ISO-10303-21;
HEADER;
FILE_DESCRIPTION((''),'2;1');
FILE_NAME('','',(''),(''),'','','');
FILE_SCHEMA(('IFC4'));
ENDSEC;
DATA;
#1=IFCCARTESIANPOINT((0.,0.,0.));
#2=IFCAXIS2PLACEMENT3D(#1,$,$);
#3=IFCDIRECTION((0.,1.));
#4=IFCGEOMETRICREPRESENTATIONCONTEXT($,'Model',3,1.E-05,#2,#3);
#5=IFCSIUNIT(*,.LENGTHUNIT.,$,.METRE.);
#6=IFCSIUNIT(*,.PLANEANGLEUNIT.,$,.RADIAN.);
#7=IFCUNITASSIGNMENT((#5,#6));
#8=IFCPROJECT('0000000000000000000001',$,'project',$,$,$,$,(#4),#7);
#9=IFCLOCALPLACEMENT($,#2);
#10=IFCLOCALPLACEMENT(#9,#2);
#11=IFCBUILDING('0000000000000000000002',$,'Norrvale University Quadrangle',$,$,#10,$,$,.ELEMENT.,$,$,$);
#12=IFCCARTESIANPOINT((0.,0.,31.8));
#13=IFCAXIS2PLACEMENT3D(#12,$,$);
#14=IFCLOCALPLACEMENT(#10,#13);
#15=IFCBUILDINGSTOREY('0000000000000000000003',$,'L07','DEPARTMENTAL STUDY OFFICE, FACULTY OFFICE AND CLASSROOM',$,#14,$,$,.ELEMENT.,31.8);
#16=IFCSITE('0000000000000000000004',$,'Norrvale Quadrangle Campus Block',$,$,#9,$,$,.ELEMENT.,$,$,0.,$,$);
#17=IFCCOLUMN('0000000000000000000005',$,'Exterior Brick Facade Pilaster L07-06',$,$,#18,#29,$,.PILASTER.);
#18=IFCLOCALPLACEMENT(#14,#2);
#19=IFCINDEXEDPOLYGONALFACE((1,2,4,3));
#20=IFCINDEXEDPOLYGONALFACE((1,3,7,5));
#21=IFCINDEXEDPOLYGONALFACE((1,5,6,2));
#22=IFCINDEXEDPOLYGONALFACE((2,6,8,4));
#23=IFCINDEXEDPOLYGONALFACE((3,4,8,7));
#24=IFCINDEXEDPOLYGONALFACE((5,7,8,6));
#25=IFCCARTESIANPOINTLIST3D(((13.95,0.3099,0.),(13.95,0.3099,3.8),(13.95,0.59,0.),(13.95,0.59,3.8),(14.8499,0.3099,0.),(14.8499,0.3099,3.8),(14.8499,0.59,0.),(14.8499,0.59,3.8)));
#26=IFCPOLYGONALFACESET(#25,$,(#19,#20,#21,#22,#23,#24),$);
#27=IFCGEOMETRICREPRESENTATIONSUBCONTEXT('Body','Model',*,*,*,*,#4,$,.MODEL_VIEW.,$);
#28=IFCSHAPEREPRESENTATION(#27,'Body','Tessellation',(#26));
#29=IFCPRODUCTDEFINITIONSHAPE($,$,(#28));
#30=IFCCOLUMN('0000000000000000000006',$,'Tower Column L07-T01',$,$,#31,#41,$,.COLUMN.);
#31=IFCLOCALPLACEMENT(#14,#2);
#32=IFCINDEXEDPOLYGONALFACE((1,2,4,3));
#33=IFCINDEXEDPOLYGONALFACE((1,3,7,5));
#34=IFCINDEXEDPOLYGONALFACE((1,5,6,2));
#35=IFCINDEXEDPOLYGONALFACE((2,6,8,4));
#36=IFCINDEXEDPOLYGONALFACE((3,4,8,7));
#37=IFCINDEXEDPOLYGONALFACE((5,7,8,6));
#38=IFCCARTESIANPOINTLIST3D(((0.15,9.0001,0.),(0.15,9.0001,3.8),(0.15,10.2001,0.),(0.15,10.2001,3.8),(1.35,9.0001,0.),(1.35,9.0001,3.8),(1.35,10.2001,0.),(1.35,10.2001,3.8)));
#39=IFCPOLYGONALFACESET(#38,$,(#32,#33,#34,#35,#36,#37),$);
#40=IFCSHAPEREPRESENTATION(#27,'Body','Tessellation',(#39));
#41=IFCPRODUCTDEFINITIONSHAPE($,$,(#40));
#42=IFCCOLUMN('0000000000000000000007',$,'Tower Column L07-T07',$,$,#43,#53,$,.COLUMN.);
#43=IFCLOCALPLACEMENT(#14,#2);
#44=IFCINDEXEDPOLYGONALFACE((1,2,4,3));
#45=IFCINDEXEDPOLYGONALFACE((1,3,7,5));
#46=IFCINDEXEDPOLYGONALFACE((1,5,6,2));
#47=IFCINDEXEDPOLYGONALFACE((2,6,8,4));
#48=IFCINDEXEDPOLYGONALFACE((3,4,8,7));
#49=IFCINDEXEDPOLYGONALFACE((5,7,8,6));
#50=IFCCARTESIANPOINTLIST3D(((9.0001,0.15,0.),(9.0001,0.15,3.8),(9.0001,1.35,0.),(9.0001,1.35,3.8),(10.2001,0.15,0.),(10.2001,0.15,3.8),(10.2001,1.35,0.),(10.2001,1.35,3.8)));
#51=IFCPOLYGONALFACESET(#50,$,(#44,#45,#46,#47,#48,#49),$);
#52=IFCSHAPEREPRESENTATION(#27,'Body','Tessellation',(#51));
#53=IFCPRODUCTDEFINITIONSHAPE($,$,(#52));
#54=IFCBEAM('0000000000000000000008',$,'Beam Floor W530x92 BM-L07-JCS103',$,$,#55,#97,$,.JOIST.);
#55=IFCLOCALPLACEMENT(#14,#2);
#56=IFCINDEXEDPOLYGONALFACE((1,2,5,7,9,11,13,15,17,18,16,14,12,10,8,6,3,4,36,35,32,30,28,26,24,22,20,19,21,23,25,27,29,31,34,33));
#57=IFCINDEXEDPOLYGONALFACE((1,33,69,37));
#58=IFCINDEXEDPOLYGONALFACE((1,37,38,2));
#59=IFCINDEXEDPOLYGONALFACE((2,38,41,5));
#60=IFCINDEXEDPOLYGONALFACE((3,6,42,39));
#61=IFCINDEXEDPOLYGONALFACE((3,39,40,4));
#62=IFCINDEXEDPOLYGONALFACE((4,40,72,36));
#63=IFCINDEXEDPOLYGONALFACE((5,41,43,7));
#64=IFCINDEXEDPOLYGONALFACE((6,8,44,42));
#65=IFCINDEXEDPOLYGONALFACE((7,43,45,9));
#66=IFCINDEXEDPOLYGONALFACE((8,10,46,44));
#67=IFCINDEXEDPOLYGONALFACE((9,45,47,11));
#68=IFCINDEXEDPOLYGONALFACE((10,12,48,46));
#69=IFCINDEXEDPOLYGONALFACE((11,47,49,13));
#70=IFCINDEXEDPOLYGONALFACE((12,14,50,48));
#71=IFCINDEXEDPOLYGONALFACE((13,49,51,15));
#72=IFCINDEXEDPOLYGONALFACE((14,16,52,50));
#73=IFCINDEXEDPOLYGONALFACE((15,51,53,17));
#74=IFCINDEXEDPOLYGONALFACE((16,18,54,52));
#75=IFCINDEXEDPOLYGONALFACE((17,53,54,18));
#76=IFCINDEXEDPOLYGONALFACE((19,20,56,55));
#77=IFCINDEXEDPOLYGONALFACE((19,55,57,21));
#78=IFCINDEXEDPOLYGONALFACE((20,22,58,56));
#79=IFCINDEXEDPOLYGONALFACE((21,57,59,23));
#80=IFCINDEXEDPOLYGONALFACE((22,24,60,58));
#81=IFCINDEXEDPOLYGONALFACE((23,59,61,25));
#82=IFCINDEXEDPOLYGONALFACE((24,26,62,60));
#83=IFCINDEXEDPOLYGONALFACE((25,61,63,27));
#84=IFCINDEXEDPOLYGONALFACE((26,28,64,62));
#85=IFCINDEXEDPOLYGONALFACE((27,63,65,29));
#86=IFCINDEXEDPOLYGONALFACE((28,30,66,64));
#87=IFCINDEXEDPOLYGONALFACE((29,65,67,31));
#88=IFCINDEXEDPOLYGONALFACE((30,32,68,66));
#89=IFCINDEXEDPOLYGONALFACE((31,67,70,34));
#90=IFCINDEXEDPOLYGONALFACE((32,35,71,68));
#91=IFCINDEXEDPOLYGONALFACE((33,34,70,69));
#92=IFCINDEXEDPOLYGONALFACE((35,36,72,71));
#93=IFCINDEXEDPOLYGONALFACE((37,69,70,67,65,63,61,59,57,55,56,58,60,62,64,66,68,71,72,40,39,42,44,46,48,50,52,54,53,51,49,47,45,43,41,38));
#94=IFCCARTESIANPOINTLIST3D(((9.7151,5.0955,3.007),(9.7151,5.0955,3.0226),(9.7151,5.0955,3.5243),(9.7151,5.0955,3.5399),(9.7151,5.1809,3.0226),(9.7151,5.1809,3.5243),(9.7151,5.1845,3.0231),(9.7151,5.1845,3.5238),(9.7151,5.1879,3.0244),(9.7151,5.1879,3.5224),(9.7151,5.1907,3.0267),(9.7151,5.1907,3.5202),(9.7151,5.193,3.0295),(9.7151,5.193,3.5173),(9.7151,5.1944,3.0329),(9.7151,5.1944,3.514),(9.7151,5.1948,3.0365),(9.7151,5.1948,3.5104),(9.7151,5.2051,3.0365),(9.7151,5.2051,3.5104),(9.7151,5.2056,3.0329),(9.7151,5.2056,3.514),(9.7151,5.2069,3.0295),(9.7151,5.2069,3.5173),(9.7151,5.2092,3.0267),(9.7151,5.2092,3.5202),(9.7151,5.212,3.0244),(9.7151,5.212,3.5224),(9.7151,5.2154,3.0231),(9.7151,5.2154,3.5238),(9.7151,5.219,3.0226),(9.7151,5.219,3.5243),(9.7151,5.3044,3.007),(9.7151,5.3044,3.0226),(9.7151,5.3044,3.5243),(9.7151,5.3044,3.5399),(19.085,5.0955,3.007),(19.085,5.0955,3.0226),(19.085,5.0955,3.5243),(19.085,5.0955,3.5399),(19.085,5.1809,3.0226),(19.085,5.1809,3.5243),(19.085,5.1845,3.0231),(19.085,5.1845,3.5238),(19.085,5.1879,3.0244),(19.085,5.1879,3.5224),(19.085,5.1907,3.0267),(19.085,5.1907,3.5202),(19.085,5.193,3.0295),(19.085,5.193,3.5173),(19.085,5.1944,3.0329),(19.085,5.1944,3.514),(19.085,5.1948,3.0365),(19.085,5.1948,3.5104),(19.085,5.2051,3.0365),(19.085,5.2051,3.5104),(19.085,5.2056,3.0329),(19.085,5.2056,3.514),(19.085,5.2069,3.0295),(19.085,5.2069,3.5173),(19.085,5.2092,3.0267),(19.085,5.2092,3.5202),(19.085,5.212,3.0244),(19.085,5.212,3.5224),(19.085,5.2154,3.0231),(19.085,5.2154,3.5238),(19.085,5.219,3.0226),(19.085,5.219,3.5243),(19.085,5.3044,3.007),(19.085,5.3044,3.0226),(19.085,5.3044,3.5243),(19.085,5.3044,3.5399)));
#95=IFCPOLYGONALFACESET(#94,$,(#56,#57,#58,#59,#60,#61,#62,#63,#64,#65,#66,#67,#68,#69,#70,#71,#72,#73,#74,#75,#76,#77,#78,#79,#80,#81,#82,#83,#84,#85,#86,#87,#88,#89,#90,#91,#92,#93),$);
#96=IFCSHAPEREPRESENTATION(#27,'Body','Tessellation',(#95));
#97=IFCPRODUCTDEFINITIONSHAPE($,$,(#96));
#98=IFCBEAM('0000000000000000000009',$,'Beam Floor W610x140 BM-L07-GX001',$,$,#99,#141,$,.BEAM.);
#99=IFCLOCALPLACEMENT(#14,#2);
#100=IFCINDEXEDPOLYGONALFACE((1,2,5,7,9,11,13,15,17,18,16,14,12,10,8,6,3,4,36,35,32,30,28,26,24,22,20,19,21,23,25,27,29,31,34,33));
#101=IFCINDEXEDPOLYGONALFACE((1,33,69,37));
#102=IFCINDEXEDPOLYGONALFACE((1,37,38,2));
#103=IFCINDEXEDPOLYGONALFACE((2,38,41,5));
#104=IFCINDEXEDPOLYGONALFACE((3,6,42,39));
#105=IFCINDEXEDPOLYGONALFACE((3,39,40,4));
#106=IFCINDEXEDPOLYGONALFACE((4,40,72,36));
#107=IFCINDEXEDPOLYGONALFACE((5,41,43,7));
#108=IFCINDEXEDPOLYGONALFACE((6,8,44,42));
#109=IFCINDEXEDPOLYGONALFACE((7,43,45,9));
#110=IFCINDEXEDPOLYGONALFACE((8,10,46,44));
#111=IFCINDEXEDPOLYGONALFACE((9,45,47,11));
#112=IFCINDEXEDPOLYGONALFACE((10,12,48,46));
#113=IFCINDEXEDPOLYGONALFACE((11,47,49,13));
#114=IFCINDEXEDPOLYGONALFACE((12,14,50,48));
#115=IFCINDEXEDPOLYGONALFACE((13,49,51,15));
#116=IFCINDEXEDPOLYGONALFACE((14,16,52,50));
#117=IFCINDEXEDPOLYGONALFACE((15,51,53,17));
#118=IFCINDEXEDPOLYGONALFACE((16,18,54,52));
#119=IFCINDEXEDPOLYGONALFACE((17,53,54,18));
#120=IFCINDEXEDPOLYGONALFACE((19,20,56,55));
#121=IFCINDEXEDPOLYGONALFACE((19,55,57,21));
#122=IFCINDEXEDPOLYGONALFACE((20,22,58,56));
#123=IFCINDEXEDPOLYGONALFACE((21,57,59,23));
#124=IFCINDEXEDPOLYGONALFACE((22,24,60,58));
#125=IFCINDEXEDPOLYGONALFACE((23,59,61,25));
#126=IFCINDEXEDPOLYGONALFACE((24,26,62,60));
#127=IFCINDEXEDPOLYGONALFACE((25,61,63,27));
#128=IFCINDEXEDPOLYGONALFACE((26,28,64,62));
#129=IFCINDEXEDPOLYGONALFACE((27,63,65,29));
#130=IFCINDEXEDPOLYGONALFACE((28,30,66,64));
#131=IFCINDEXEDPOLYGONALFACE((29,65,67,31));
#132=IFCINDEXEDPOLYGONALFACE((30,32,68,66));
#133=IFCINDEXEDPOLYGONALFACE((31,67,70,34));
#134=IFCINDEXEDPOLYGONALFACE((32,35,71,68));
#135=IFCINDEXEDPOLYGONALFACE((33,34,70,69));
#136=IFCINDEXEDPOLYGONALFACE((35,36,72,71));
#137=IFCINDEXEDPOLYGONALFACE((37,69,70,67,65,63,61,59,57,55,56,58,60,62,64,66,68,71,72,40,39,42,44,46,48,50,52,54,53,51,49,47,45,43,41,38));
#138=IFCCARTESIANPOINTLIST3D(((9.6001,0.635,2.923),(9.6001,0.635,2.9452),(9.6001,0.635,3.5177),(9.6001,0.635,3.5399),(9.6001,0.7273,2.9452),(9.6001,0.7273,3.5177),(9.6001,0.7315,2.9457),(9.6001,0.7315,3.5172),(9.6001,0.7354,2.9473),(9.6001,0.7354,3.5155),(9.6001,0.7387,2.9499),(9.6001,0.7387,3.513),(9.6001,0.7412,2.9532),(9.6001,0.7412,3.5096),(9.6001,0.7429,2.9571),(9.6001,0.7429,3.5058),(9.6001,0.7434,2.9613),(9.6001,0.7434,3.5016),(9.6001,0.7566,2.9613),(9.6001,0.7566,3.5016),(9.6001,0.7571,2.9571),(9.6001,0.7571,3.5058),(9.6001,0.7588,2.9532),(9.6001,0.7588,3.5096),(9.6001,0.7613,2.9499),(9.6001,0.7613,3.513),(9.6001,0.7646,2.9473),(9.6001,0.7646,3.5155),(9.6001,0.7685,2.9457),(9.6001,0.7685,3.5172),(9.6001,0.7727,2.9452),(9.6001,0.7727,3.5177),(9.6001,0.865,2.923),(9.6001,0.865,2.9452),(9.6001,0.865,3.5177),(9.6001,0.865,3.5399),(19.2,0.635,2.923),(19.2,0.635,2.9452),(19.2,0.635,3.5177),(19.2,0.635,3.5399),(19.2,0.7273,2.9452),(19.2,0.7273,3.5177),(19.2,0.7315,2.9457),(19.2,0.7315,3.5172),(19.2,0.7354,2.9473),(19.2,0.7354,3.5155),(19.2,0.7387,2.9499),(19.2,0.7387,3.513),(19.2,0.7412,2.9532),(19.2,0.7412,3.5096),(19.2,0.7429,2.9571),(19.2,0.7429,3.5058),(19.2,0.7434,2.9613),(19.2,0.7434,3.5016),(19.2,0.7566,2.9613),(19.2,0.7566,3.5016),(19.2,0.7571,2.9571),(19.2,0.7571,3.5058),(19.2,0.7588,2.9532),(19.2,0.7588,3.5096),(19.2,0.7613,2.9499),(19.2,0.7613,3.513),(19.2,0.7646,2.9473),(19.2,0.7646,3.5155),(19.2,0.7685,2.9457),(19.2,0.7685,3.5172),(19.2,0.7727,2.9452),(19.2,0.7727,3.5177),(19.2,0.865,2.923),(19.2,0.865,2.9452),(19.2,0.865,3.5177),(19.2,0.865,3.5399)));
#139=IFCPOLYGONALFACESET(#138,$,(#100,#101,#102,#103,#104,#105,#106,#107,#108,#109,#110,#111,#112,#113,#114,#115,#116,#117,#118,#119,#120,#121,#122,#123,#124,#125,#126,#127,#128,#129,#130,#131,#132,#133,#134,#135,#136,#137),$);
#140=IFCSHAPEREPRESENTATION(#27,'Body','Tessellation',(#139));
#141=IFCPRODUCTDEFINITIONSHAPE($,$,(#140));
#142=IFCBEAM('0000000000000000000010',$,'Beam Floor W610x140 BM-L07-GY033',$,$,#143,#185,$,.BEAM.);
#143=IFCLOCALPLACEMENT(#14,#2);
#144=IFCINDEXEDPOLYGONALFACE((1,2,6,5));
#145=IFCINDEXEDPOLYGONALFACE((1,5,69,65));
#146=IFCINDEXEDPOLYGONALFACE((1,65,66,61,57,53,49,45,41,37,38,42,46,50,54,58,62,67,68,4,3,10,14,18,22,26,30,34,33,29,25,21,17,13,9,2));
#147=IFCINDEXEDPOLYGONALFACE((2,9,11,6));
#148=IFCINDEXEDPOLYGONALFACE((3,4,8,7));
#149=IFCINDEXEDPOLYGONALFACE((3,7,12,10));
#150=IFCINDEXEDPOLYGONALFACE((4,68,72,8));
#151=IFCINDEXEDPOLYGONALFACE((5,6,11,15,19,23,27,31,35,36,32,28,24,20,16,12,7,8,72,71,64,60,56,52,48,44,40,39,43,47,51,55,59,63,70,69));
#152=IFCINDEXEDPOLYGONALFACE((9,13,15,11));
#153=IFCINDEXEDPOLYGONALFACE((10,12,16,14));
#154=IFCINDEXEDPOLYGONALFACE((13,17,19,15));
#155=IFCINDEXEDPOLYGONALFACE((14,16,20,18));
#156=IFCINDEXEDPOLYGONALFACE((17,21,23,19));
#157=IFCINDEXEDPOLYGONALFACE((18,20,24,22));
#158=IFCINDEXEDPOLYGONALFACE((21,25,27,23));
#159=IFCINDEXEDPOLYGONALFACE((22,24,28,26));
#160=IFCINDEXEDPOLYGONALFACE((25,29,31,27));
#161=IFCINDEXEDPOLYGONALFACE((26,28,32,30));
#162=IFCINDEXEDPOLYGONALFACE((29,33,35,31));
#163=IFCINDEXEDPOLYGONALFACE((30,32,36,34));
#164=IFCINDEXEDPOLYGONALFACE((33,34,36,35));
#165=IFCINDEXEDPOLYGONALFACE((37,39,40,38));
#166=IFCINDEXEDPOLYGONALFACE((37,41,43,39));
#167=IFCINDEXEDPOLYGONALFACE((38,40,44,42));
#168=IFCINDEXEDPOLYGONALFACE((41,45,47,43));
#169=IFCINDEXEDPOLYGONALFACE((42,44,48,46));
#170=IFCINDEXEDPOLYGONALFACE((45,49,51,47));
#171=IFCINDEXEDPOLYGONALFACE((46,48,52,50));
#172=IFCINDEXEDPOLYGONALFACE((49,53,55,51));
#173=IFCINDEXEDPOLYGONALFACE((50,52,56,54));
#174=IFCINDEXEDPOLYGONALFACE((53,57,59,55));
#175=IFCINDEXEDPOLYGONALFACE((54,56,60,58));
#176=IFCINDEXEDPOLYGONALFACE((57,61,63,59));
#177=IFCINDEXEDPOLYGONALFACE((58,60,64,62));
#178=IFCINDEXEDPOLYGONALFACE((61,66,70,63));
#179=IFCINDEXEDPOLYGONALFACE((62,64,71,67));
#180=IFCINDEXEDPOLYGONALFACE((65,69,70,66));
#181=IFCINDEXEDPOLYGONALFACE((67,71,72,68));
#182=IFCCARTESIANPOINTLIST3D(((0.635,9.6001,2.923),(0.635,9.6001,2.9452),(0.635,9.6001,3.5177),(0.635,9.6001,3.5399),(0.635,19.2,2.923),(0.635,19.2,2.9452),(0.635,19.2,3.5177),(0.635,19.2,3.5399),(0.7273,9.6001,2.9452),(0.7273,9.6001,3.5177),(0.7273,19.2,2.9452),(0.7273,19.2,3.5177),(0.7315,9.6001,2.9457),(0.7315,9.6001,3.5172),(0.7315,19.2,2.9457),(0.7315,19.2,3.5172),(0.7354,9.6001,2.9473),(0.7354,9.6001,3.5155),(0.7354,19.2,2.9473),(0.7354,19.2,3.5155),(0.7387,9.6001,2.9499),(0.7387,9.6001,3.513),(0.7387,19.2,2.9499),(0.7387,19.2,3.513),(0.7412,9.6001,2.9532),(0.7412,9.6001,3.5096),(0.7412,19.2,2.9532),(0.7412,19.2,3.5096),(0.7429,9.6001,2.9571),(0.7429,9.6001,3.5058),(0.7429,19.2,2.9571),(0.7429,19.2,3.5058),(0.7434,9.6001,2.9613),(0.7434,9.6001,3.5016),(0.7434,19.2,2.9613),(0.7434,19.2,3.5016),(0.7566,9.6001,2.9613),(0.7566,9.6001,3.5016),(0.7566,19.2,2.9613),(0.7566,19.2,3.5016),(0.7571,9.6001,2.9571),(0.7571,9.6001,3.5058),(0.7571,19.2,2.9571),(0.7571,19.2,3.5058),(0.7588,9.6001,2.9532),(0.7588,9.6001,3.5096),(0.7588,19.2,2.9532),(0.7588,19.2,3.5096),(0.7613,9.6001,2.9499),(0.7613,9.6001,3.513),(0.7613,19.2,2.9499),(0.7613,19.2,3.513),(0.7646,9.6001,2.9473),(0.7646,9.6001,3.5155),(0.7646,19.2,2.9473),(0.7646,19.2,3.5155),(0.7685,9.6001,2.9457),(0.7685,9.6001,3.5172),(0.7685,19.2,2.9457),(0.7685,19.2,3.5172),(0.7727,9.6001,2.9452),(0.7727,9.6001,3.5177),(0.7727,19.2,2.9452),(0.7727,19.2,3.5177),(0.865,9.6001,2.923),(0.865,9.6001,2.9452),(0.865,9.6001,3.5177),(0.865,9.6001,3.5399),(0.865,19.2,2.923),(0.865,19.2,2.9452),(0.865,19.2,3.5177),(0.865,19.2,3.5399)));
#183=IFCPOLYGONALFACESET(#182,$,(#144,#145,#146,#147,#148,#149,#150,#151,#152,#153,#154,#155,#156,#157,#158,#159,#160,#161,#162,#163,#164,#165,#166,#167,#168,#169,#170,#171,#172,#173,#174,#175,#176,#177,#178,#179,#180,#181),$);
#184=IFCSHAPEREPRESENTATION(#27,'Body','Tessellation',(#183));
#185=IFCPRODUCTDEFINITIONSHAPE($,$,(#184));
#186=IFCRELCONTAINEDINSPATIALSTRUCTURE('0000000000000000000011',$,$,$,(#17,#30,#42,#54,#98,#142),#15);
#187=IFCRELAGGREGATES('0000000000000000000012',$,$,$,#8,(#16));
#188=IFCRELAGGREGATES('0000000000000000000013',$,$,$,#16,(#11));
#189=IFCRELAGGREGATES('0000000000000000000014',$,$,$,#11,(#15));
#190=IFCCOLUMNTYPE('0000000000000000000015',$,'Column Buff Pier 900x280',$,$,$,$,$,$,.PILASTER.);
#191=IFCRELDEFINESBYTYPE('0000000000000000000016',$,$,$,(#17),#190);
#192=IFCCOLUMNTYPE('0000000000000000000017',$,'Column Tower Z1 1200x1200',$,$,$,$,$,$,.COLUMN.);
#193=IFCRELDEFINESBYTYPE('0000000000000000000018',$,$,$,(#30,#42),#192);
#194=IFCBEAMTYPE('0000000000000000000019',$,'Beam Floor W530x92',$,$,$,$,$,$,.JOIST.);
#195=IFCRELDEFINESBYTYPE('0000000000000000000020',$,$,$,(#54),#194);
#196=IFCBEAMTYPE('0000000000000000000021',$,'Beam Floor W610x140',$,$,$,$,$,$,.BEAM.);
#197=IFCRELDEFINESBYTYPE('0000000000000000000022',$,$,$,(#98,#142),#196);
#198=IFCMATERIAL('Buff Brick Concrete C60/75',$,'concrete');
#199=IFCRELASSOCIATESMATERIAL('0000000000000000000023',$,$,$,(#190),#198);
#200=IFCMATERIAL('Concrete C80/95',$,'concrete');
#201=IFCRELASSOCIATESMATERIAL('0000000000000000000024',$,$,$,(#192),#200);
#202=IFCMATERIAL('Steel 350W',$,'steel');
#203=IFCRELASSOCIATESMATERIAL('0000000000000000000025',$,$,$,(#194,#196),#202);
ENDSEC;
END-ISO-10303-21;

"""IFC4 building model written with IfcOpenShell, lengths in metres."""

from ifc_helpers import new_model, si_unit, direction, frame, origin, origin_2d, place, context, subcontext, project, spatial, rectangle, i_section, extrude, material, material_profile, profile_set, type_object, element, save


model = new_model("IFC4")

# Units and contexts
model_context = context("Model", 3, precision=1e-05, world=origin(), true_north=direction((0.0, 1.0)))
body_context = subcontext(model_context, "Body", "Model", "MODEL_VIEW")
ifc_project = project(units=[si_unit("LENGTHUNIT", "METRE"), si_unit("PLANEANGLEUNIT", "RADIAN")], contexts=[model_context])

# Site, building, storey
site_placement = place(None, origin())
site = spatial("IfcSite", under=ifc_project, at=site_placement, Name="Norrvale Quadrangle Campus Block", CompositionType="ELEMENT", RefElevation=0.0)
building_placement = place(site_placement, origin())
building = spatial("IfcBuilding", under=site, at=building_placement, Name="Norrvale University Quadrangle", CompositionType="ELEMENT")
storey_placement = place(building_placement, frame((0.0, 0.0, 31.8)))
storey = spatial("IfcBuildingStorey", under=building, at=storey_placement, Name="L07", Description="DEPARTMENTAL STUDY OFFICE, FACULTY OFFICE AND CLASSROOM", CompositionType="ELEMENT", Elevation=31.8)

# Columns
ifc_material_1 = material(Name="Buff Brick Concrete C60/75", Category="concrete")
ifc_material_profile_1 = material_profile(ifc_material_1, rectangle(XDim=0.8999, YDim=0.28, at=origin_2d()), Name="Buff Brick Concrete C60/75")
ifc_profile_set_1 = profile_set([ifc_material_profile_1], Name="Buff Brick Concrete C60/75")
column_type_1 = type_object("IfcColumnType", Name="Column Buff Pier 900x280", PredefinedType="PILASTER", material=ifc_profile_set_1)
column_placement = place(storey_placement, frame((14.3999, 0.45, 0.0), z_axis=(0.0, 0.0, 1.0), x_axis=(1.0, 0.0, 0.0)))
element("IfcColumn", 1, at=column_placement, inside=storey, type_object=column_type_1, Name="Exterior Brick Facade Pilaster L07-06", PredefinedType="PILASTER", context=body_context, shape_type="SweptSolid", body=[
    extrude(rectangle(XDim=0.8999, YDim=0.28, at=origin_2d()), origin(), (0.0, 0.0, 1.0), 3.8),
])
ifc_material_2 = material(Name="Concrete C80/95", Category="concrete")
ifc_material_profile_2 = material_profile(ifc_material_2, rectangle(XDim=1.2, YDim=1.2, at=origin_2d()), Name="Concrete C80/95")
ifc_profile_set_2 = profile_set([ifc_material_profile_2], Name="Concrete C80/95")
column_type_2 = type_object("IfcColumnType", Name="Column Tower Z1 1200x1200", PredefinedType="COLUMN", material=ifc_profile_set_2)
for number, where, z_axis, x_axis, name in (
    (2, (0.75, 9.6001, 0.0), (0.0, 0.0, 1.0), (1.0, 0.0, 0.0), "Tower Column L07-T01"),
    (3, (9.6001, 0.75, 0.0), (0.0, 0.0, 1.0), (1.0, 0.0, 0.0), "Tower Column L07-T07"),
):
    element("IfcColumn", number, at=place(storey_placement, frame(where, z_axis=z_axis, x_axis=x_axis)), inside=storey, type_object=column_type_2, Name=name, PredefinedType="COLUMN", context=body_context, shape_type="SweptSolid", body=[
        extrude(rectangle(XDim=1.2, YDim=1.2, at=origin_2d()), origin(), (0.0, 0.0, 1.0), 3.8),
    ])

# Beams
ifc_material_3 = material(Name="Steel 350W", Category="steel")
ifc_material_profile_3 = material_profile(ifc_material_3, i_section(OverallWidth=0.209, OverallDepth=0.533, WebThickness=0.0103, FlangeThickness=0.0156, FilletRadius=0.0139, at=origin_2d()), Name="Steel 350W")
ifc_profile_set_3 = profile_set([ifc_material_profile_3], Name="Steel 350W")
beam_type_1 = type_object("IfcBeamType", Name="Beam Floor W530x92", PredefinedType="JOIST", material=ifc_profile_set_3)
beam_1_placement = place(storey_placement, frame((9.7151, 5.2, 3.2734), z_axis=(1.0, 0.0, 0.0), x_axis=(0.0, 1.0, 0.0)))
element("IfcBeam", 4, at=beam_1_placement, inside=storey, type_object=beam_type_1, Name="Beam Floor W530x92 BM-L07-JCS103", PredefinedType="JOIST", context=body_context, shape_type="SweptSolid", body=[
    extrude(i_section(OverallWidth=0.209, OverallDepth=0.533, WebThickness=0.0103, FlangeThickness=0.0156, FilletRadius=0.0139, at=origin_2d()), origin(), (0.0, 0.0, 1.0), 9.3699),
])
ifc_material_profile_4 = material_profile(ifc_material_3, i_section(OverallWidth=0.23, OverallDepth=0.6169, WebThickness=0.0132, FlangeThickness=0.0222, FilletRadius=0.0161, at=origin_2d()), Name="Steel 350W")
ifc_profile_set_4 = profile_set([ifc_material_profile_4], Name="Steel 350W")
beam_type_2 = type_object("IfcBeamType", Name="Beam Floor W610x140", PredefinedType="BEAM", material=ifc_profile_set_4)
for number, where, z_axis, x_axis, name in (
    (5, (9.6001, 0.75, 3.2314), (1.0, 0.0, 0.0), (0.0, 1.0, 0.0), "Beam Floor W610x140 BM-L07-GX001"),
    (6, (0.75, 9.6001, 3.2314), (0.0, 1.0, 0.0), (-1.0, 0.0, 0.0), "Beam Floor W610x140 BM-L07-GY033"),
):
    element("IfcBeam", number, at=place(storey_placement, frame(where, z_axis=z_axis, x_axis=x_axis)), inside=storey, type_object=beam_type_2, Name=name, PredefinedType="BEAM", context=body_context, shape_type="SweptSolid", body=[
        extrude(i_section(OverallWidth=0.23, OverallDepth=0.6169, WebThickness=0.0132, FlangeThickness=0.0222, FilletRadius=0.0161, at=origin_2d()), origin(), (0.0, 0.0, 1.0), 9.5999),
    ])

save(model, "model.ifc")
